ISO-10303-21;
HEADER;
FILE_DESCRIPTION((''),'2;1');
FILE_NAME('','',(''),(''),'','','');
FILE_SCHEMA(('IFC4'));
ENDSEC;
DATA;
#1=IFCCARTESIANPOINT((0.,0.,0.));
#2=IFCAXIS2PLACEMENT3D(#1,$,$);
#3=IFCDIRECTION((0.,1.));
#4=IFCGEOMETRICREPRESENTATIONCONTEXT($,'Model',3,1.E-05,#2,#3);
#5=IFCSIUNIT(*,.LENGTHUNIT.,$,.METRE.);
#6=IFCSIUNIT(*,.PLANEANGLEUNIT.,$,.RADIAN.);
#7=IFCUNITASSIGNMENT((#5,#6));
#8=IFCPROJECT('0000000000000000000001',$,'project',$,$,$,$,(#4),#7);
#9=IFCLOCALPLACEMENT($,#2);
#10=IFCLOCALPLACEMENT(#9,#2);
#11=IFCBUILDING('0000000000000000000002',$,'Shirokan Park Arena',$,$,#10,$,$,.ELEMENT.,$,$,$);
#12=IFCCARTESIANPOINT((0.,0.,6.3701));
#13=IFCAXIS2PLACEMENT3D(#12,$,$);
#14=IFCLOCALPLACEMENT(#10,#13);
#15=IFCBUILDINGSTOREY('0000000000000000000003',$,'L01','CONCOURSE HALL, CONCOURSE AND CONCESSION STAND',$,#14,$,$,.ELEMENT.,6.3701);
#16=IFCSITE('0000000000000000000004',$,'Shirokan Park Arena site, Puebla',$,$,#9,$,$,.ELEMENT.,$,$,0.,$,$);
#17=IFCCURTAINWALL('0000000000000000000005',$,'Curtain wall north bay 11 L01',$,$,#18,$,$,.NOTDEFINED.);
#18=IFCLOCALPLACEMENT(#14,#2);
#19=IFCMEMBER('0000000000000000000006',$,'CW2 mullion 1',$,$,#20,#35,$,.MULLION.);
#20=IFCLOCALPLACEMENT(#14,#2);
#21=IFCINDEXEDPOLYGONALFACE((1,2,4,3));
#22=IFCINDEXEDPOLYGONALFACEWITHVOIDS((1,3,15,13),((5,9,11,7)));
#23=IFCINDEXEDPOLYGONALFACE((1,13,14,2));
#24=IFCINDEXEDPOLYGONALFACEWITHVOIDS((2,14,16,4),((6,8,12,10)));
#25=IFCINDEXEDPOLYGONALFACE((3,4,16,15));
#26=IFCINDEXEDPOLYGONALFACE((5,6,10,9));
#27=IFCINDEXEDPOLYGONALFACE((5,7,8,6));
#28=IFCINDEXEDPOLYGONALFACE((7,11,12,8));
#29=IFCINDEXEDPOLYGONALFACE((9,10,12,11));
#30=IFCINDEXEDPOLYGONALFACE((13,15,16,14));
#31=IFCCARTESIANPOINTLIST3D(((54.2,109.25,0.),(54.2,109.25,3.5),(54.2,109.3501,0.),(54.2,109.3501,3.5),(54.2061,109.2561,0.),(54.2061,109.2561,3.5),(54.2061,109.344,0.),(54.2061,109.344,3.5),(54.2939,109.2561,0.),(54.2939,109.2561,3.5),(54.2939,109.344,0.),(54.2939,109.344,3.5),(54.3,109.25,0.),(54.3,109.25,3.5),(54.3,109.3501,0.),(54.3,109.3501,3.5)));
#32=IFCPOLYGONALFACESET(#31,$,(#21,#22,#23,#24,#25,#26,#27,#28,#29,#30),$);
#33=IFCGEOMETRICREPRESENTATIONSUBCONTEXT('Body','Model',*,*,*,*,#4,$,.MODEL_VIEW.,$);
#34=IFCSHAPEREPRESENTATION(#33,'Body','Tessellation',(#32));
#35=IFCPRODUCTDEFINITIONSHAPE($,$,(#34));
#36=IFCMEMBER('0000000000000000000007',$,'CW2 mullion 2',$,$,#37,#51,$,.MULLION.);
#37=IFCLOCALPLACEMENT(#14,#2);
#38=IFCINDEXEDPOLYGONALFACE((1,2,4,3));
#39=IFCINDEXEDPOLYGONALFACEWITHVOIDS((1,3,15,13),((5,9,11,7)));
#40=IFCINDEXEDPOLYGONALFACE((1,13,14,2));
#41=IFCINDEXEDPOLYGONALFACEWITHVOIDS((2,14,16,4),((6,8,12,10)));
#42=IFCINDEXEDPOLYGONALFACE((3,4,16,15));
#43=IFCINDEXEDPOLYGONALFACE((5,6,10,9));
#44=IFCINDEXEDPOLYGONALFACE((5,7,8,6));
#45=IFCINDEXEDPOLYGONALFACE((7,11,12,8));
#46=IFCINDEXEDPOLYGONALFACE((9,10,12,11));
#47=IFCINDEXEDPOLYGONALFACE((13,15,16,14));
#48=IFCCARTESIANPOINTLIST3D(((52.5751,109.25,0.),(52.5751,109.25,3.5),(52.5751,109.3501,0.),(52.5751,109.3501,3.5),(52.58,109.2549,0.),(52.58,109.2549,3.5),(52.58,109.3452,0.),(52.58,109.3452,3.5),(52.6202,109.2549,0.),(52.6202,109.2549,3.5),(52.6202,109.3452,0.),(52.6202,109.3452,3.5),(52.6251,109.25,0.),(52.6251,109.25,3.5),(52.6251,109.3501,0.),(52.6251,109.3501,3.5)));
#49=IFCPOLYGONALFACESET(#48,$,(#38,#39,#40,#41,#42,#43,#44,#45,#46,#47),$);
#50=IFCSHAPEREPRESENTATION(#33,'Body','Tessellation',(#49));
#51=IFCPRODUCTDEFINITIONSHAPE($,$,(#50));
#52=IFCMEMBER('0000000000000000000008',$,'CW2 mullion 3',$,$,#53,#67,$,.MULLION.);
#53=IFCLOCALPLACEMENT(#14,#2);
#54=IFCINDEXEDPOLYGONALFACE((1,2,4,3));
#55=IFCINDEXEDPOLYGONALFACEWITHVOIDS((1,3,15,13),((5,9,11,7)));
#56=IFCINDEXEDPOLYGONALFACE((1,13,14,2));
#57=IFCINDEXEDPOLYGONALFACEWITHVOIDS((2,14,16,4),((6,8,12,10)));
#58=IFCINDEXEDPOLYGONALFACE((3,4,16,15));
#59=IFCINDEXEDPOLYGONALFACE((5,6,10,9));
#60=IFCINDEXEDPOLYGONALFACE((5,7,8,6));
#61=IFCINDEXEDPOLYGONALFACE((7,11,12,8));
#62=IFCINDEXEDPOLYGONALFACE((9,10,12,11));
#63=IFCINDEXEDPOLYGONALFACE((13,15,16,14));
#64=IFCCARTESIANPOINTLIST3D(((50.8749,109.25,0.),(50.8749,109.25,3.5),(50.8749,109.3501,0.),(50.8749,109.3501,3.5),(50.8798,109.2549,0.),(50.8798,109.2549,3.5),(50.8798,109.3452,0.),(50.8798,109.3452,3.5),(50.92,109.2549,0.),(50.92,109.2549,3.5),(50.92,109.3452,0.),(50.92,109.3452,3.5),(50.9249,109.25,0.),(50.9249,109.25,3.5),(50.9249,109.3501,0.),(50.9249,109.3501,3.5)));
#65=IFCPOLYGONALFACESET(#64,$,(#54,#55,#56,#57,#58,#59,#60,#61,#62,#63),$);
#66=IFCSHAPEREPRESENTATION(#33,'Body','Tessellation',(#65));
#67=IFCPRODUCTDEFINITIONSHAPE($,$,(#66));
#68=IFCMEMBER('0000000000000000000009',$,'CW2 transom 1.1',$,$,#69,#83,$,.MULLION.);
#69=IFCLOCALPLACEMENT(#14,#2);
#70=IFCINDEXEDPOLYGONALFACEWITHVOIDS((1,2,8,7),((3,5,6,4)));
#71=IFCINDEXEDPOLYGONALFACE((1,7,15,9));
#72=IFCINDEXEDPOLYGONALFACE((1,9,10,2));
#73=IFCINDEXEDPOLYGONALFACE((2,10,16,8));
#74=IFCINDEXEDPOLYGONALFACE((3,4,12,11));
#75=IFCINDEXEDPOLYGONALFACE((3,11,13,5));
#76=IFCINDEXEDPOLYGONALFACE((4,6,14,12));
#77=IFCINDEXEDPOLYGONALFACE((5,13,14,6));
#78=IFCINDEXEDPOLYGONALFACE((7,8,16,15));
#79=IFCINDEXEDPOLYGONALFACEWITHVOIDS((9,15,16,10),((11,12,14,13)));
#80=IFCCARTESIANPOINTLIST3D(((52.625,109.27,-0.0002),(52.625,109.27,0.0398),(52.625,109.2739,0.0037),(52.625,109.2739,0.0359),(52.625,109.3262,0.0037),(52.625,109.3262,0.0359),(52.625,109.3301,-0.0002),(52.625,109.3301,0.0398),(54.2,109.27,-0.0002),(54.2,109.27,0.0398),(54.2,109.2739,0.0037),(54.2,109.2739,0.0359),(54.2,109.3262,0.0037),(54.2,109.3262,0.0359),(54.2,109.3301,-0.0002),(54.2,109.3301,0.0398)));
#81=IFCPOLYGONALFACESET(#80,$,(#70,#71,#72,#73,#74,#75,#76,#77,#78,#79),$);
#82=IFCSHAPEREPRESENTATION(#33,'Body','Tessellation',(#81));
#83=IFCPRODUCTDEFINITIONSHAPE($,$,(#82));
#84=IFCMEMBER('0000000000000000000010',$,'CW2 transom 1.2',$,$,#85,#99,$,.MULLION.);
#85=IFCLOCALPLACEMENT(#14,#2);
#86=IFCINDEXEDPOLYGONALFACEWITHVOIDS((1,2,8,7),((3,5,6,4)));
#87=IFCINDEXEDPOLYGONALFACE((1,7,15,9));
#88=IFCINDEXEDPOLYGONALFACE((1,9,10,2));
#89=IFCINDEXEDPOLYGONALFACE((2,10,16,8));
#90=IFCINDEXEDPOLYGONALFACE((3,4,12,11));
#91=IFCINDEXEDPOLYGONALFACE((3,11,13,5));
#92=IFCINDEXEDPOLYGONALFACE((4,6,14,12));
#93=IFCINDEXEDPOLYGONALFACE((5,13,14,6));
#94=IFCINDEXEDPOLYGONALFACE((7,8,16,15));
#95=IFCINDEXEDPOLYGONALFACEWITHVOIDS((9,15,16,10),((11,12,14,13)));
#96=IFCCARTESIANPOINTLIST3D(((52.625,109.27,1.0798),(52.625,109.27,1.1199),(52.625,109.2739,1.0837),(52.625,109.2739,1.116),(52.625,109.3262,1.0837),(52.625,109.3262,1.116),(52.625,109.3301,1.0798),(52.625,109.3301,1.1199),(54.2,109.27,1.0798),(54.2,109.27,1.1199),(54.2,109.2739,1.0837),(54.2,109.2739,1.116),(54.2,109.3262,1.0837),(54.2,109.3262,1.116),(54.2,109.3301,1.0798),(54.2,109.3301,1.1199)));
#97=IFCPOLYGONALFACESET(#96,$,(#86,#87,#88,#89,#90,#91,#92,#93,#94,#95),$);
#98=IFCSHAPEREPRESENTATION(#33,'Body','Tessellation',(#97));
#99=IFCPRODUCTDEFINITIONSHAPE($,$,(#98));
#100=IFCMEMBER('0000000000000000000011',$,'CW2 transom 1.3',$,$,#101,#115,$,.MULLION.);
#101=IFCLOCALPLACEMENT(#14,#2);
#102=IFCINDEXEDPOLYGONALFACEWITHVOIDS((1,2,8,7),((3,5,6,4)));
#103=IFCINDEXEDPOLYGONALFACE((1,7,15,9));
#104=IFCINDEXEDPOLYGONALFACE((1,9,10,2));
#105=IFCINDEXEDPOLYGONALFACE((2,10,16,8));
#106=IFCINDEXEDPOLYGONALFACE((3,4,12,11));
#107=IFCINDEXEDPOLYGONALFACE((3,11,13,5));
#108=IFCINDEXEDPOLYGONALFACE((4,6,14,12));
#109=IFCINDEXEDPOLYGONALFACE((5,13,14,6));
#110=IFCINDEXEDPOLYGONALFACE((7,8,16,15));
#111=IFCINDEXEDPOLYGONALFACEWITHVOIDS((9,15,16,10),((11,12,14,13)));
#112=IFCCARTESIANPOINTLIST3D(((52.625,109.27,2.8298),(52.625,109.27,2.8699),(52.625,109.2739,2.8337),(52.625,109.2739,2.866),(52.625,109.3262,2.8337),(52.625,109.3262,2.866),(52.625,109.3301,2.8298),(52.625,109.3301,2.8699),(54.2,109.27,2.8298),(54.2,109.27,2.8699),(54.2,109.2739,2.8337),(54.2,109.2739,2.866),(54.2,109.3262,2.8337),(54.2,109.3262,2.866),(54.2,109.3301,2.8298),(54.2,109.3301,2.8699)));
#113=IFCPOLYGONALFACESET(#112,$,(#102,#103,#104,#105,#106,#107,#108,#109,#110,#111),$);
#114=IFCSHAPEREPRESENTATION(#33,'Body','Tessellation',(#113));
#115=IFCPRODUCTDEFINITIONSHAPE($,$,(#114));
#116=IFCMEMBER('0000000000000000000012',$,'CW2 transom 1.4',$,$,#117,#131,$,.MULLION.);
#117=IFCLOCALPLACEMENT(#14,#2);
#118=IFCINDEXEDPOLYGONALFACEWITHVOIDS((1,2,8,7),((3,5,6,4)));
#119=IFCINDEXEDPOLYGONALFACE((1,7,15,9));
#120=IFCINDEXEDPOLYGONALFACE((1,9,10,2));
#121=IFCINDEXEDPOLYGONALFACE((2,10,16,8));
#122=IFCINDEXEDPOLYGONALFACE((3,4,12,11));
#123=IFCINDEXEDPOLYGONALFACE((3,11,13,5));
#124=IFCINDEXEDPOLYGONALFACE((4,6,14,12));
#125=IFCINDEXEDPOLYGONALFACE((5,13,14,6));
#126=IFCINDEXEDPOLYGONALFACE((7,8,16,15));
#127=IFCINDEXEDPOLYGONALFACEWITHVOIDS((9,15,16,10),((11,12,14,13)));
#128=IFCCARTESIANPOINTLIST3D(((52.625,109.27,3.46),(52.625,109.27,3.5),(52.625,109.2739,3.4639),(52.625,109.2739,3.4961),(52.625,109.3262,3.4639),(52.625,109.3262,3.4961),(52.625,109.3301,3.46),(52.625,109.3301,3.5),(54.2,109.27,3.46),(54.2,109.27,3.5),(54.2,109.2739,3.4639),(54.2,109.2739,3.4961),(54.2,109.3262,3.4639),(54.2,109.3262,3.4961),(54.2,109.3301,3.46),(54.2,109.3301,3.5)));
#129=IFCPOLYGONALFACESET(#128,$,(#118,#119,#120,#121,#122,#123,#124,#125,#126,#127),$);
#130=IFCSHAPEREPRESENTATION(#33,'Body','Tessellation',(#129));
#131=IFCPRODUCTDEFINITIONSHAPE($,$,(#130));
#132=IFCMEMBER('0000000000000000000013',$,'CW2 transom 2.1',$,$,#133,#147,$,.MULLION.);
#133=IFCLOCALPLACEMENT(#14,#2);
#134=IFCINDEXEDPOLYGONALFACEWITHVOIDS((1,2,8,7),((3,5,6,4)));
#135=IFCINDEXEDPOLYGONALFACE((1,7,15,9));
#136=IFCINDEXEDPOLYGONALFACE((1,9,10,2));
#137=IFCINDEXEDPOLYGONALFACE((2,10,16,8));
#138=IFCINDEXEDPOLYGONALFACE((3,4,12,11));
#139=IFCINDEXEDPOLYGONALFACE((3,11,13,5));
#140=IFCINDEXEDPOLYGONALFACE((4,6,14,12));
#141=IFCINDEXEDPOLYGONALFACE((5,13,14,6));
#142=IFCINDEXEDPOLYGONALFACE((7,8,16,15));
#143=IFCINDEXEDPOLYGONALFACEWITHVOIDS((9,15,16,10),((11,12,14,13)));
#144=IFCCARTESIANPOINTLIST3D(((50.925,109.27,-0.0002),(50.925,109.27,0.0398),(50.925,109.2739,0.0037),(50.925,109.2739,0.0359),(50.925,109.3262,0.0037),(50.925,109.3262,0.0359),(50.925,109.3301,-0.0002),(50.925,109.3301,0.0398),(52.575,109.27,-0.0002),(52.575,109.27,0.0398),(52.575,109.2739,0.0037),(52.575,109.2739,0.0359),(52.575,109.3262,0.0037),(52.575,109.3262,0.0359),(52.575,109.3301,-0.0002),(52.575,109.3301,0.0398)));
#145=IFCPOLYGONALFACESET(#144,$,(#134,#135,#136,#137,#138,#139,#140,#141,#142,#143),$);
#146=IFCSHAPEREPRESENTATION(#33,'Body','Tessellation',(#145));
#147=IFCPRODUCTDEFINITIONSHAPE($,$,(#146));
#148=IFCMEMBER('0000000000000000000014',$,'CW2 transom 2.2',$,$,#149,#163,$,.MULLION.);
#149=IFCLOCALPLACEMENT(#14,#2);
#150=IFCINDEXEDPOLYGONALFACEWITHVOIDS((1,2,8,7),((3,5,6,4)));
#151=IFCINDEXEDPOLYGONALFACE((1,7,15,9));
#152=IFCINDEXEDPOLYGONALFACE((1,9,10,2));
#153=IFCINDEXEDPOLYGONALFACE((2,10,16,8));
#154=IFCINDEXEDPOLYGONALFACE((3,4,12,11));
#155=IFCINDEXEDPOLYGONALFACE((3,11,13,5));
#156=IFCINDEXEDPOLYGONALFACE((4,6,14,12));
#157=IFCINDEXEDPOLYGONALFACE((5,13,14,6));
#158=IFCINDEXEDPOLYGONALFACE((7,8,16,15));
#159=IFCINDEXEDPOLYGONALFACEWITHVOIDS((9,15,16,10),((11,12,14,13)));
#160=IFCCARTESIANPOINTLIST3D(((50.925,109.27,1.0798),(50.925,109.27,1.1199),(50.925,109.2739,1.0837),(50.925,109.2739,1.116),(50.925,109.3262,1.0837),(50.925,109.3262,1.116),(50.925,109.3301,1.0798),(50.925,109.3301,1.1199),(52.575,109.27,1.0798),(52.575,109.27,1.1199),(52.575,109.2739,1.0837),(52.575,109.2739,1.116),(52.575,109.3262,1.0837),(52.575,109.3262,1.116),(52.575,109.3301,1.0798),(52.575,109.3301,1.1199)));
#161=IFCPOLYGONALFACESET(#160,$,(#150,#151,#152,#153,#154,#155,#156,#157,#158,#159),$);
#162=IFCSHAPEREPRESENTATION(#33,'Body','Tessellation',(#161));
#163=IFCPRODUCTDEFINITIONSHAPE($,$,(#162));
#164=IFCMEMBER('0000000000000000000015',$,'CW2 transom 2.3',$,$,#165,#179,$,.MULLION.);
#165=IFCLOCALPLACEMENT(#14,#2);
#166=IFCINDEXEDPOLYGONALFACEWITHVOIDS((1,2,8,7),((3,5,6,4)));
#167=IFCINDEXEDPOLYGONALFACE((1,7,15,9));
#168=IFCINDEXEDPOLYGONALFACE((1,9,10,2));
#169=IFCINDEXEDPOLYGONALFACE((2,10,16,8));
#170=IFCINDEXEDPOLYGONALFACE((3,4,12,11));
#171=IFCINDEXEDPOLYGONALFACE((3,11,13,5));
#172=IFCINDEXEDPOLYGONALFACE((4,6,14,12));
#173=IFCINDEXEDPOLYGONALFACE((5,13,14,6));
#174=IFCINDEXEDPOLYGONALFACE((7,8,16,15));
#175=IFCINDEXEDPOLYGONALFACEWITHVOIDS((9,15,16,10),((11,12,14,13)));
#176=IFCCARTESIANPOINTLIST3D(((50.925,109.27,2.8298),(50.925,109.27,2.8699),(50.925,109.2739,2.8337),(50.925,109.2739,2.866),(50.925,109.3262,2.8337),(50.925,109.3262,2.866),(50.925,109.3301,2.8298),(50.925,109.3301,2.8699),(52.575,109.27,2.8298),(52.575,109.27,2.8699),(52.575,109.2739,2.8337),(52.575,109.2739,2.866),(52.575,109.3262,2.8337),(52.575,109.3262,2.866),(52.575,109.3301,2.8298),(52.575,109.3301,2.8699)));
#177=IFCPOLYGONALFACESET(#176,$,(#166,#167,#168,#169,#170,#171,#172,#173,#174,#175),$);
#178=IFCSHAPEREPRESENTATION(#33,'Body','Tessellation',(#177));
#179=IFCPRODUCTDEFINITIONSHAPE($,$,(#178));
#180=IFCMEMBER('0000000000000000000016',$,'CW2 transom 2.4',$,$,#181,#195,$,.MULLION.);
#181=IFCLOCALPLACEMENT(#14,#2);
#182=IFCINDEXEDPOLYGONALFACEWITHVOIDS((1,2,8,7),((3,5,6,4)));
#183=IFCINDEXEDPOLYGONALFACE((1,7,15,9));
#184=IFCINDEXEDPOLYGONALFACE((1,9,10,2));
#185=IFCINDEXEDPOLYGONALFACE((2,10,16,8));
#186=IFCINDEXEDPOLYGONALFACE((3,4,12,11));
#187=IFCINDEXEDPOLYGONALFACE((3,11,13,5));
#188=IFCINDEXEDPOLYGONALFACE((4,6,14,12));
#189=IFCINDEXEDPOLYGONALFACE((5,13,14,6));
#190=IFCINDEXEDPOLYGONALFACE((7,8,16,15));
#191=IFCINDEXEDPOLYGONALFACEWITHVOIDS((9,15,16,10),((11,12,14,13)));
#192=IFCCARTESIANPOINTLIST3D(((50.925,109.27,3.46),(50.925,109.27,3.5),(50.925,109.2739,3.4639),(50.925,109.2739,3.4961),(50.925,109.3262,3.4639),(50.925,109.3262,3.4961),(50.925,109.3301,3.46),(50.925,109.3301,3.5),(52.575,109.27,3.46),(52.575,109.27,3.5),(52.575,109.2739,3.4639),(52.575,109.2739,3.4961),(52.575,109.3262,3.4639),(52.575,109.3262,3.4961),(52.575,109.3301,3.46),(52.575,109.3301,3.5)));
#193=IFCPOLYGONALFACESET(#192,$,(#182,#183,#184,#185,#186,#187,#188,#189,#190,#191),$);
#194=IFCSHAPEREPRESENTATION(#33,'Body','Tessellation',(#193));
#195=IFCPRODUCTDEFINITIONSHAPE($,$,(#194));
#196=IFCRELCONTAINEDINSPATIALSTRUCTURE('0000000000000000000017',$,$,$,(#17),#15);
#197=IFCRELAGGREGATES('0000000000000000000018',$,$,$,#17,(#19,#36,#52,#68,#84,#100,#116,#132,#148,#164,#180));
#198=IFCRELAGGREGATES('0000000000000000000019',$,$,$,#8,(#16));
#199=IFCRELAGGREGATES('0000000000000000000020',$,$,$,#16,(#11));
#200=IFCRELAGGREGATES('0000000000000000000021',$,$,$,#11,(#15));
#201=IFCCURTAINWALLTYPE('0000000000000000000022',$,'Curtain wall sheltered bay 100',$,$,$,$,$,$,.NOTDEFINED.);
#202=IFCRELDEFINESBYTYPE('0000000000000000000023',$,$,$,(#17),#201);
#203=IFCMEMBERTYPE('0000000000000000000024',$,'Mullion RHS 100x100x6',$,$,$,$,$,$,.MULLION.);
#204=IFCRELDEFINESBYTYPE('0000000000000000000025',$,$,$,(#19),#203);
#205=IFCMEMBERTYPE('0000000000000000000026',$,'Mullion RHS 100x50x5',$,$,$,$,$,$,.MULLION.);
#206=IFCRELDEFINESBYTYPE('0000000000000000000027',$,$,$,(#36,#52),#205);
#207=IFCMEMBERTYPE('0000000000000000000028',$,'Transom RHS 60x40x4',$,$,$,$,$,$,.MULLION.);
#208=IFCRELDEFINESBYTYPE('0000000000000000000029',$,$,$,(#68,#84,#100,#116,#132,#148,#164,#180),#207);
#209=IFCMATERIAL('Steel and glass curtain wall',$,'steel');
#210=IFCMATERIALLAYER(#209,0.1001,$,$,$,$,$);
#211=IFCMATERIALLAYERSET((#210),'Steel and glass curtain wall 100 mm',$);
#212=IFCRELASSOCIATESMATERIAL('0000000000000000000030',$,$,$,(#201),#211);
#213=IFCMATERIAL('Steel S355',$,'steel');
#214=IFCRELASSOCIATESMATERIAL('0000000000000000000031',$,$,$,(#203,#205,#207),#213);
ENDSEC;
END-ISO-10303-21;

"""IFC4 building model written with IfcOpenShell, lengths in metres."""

from ifc_helpers import new_model, si_unit, direction, frame, origin, origin_2d, place, context, subcontext, project, spatial, hollow_rectangle, extrude, material, layer, layer_set, material_profile, profile_set, type_object, element, aggregate, save


model = new_model("IFC4")

# Units and contexts
model_context = context("Model", 3, precision=1e-05, world=origin(), true_north=direction((0.0, 1.0)))
body_context = subcontext(model_context, "Body", "Model", "MODEL_VIEW")
ifc_project = project(units=[si_unit("LENGTHUNIT", "METRE"), si_unit("PLANEANGLEUNIT", "RADIAN")], contexts=[model_context])

# Site, building, storey
site_placement = place(None, origin())
site = spatial("IfcSite", under=ifc_project, at=site_placement, Name="Shirokan Park Arena site, Puebla", CompositionType="ELEMENT", RefElevation=0.0)
building_placement = place(site_placement, origin())
building = spatial("IfcBuilding", under=site, at=building_placement, Name="Shirokan Park Arena", CompositionType="ELEMENT")
storey_placement = place(building_placement, frame((0.0, 0.0, 6.3701)))
storey = spatial("IfcBuildingStorey", under=building, at=storey_placement, Name="L01", Description="CONCOURSE HALL, CONCOURSE AND CONCESSION STAND", CompositionType="ELEMENT", Elevation=6.3701)

# Curtain wall, members
ifc_material_1 = material(Name="Steel and glass curtain wall", Category="steel")
ifc_layer_1 = layer(ifc_material_1, 0.1001)
ifc_layer_set_1 = layer_set([ifc_layer_1], Name="Steel and glass curtain wall 100 mm")
curtain_wall_type = type_object("IfcCurtainWallType", Name="Curtain wall sheltered bay 100", PredefinedType="NOTDEFINED", material=ifc_layer_set_1)
curtain_wall_placement = place(storey_placement, origin())
curtain_wall = element("IfcCurtainWall", 1, at=curtain_wall_placement, inside=storey, type_object=curtain_wall_type, Name="Curtain wall north bay 11 L01", PredefinedType="NOTDEFINED")
ifc_material_2 = material(Name="Steel S355", Category="steel")
ifc_material_profile_1 = material_profile(ifc_material_2, hollow_rectangle(XDim=0.1001, YDim=0.1001, WallThickness=0.0061, at=origin_2d()), Name="RHS 100x100x6")
ifc_profile_set_1 = profile_set([ifc_material_profile_1], Name="Steel S355")
member_type_1 = type_object("IfcMemberType", Name="Mullion RHS 100x100x6", PredefinedType="MULLION", material=ifc_profile_set_1)
member_1_placement = place(storey_placement, frame((54.25, 109.3, 0.0), z_axis=(0.0, 0.0, 1.0), x_axis=(0.0, -1.0, 0.0)))
member_1 = element("IfcMember", 2, at=member_1_placement, type_object=member_type_1, Name="CW2 mullion 1", PredefinedType="MULLION", context=body_context, shape_type="SweptSolid", body=[
    extrude(hollow_rectangle(XDim=0.1001, YDim=0.1001, WallThickness=0.0061, at=origin_2d()), origin(), (0.0, 0.0, 1.0), 3.5),
])
ifc_material_profile_2 = material_profile(ifc_material_2, hollow_rectangle(XDim=0.1001, YDim=0.05, WallThickness=0.0049, at=origin_2d()), Name="RHS 100x50x5")
ifc_profile_set_2 = profile_set([ifc_material_profile_2], Name="Steel S355")
member_type_2 = type_object("IfcMemberType", Name="Mullion RHS 100x50x5", PredefinedType="MULLION", material=ifc_profile_set_2)
member_2_placement = place(storey_placement, frame((52.6001, 109.3, 0.0), z_axis=(0.0, 0.0, 1.0), x_axis=(0.0, -1.0, 0.0)))
member_2 = element("IfcMember", 3, at=member_2_placement, type_object=member_type_2, Name="CW2 mullion 2", PredefinedType="MULLION", context=body_context, shape_type="SweptSolid", body=[
    extrude(hollow_rectangle(XDim=0.1001, YDim=0.05, WallThickness=0.0049, at=origin_2d()), origin(), (0.0, 0.0, 1.0), 3.5),
])
member_3_placement = place(storey_placement, frame((50.8999, 109.3, 0.0), z_axis=(0.0, 0.0, 1.0), x_axis=(0.0, -1.0, 0.0)))
member_3 = element("IfcMember", 4, at=member_3_placement, type_object=member_type_2, Name="CW2 mullion 3", PredefinedType="MULLION", context=body_context, shape_type="SweptSolid", body=[
    extrude(hollow_rectangle(XDim=0.1001, YDim=0.05, WallThickness=0.0049, at=origin_2d()), origin(), (0.0, 0.0, 1.0), 3.5),
])
ifc_material_profile_3 = material_profile(ifc_material_2, hollow_rectangle(XDim=0.0601, YDim=0.04, WallThickness=0.0039, at=origin_2d()), Name="RHS 60x40x4")
ifc_profile_set_3 = profile_set([ifc_material_profile_3], Name="Steel S355")
member_type_3 = type_object("IfcMemberType", Name="Transom RHS 60x40x4", PredefinedType="MULLION", material=ifc_profile_set_3)
member_4_placement = place(storey_placement, frame((54.2, 109.3, 0.0198), z_axis=(-1.0, 0.0, 0.0), x_axis=(0.0, -1.0, 0.0)))
member_4 = element("IfcMember", 5, at=member_4_placement, type_object=member_type_3, Name="CW2 transom 1.1", PredefinedType="MULLION", context=body_context, shape_type="SweptSolid", body=[
    extrude(hollow_rectangle(XDim=0.0601, YDim=0.04, WallThickness=0.0039, at=origin_2d()), origin(), (0.0, 0.0, 1.0), 1.575),
])
member_5_placement = place(storey_placement, frame((54.2, 109.3, 1.0999), z_axis=(-1.0, 0.0, 0.0), x_axis=(0.0, -1.0, 0.0)))
member_5 = element("IfcMember", 6, at=member_5_placement, type_object=member_type_3, Name="CW2 transom 1.2", PredefinedType="MULLION", context=body_context, shape_type="SweptSolid", body=[
    extrude(hollow_rectangle(XDim=0.0601, YDim=0.04, WallThickness=0.0039, at=origin_2d()), origin(), (0.0, 0.0, 1.0), 1.575),
])
member_6_placement = place(storey_placement, frame((54.2, 109.3, 2.8499), z_axis=(-1.0, 0.0, 0.0), x_axis=(0.0, -1.0, 0.0)))
member_6 = element("IfcMember", 7, at=member_6_placement, type_object=member_type_3, Name="CW2 transom 1.3", PredefinedType="MULLION", context=body_context, shape_type="SweptSolid", body=[
    extrude(hollow_rectangle(XDim=0.0601, YDim=0.04, WallThickness=0.0039, at=origin_2d()), origin(), (0.0, 0.0, 1.0), 1.575),
])
member_7_placement = place(storey_placement, frame((54.2, 109.3, 3.48), z_axis=(-1.0, 0.0, 0.0), x_axis=(0.0, -1.0, 0.0)))
member_7 = element("IfcMember", 8, at=member_7_placement, type_object=member_type_3, Name="CW2 transom 1.4", PredefinedType="MULLION", context=body_context, shape_type="SweptSolid", body=[
    extrude(hollow_rectangle(XDim=0.0601, YDim=0.04, WallThickness=0.0039, at=origin_2d()), origin(), (0.0, 0.0, 1.0), 1.575),
])
member_8_placement = place(storey_placement, frame((52.575, 109.3, 0.0198), z_axis=(-1.0, 0.0, 0.0), x_axis=(0.0, -1.0, 0.0)))
member_8 = element("IfcMember", 9, at=member_8_placement, type_object=member_type_3, Name="CW2 transom 2.1", PredefinedType="MULLION", context=body_context, shape_type="SweptSolid", body=[
    extrude(hollow_rectangle(XDim=0.0601, YDim=0.04, WallThickness=0.0039, at=origin_2d()), origin(), (0.0, 0.0, 1.0), 1.6499),
])
member_9_placement = place(storey_placement, frame((52.575, 109.3, 1.0999), z_axis=(-1.0, 0.0, 0.0), x_axis=(0.0, -1.0, 0.0)))
member_9 = element("IfcMember", 10, at=member_9_placement, type_object=member_type_3, Name="CW2 transom 2.2", PredefinedType="MULLION", context=body_context, shape_type="SweptSolid", body=[
    extrude(hollow_rectangle(XDim=0.0601, YDim=0.04, WallThickness=0.0039, at=origin_2d()), origin(), (0.0, 0.0, 1.0), 1.6499),
])
member_10_placement = place(storey_placement, frame((52.575, 109.3, 2.8499), z_axis=(-1.0, 0.0, 0.0), x_axis=(0.0, -1.0, 0.0)))
member_10 = element("IfcMember", 11, at=member_10_placement, type_object=member_type_3, Name="CW2 transom 2.3", PredefinedType="MULLION", context=body_context, shape_type="SweptSolid", body=[
    extrude(hollow_rectangle(XDim=0.0601, YDim=0.04, WallThickness=0.0039, at=origin_2d()), origin(), (0.0, 0.0, 1.0), 1.6499),
])
member_11_placement = place(storey_placement, frame((52.575, 109.3, 3.48), z_axis=(-1.0, 0.0, 0.0), x_axis=(0.0, -1.0, 0.0)))
member_11 = element("IfcMember", 12, at=member_11_placement, type_object=member_type_3, Name="CW2 transom 2.4", PredefinedType="MULLION", context=body_context, shape_type="SweptSolid", body=[
    extrude(hollow_rectangle(XDim=0.0601, YDim=0.04, WallThickness=0.0039, at=origin_2d()), origin(), (0.0, 0.0, 1.0), 1.6499),
])
aggregate(curtain_wall, [member_1, member_2, member_3, member_4, member_5, member_6, member_7, member_8, member_9, member_10, member_11])

save(model, "model.ifc")
